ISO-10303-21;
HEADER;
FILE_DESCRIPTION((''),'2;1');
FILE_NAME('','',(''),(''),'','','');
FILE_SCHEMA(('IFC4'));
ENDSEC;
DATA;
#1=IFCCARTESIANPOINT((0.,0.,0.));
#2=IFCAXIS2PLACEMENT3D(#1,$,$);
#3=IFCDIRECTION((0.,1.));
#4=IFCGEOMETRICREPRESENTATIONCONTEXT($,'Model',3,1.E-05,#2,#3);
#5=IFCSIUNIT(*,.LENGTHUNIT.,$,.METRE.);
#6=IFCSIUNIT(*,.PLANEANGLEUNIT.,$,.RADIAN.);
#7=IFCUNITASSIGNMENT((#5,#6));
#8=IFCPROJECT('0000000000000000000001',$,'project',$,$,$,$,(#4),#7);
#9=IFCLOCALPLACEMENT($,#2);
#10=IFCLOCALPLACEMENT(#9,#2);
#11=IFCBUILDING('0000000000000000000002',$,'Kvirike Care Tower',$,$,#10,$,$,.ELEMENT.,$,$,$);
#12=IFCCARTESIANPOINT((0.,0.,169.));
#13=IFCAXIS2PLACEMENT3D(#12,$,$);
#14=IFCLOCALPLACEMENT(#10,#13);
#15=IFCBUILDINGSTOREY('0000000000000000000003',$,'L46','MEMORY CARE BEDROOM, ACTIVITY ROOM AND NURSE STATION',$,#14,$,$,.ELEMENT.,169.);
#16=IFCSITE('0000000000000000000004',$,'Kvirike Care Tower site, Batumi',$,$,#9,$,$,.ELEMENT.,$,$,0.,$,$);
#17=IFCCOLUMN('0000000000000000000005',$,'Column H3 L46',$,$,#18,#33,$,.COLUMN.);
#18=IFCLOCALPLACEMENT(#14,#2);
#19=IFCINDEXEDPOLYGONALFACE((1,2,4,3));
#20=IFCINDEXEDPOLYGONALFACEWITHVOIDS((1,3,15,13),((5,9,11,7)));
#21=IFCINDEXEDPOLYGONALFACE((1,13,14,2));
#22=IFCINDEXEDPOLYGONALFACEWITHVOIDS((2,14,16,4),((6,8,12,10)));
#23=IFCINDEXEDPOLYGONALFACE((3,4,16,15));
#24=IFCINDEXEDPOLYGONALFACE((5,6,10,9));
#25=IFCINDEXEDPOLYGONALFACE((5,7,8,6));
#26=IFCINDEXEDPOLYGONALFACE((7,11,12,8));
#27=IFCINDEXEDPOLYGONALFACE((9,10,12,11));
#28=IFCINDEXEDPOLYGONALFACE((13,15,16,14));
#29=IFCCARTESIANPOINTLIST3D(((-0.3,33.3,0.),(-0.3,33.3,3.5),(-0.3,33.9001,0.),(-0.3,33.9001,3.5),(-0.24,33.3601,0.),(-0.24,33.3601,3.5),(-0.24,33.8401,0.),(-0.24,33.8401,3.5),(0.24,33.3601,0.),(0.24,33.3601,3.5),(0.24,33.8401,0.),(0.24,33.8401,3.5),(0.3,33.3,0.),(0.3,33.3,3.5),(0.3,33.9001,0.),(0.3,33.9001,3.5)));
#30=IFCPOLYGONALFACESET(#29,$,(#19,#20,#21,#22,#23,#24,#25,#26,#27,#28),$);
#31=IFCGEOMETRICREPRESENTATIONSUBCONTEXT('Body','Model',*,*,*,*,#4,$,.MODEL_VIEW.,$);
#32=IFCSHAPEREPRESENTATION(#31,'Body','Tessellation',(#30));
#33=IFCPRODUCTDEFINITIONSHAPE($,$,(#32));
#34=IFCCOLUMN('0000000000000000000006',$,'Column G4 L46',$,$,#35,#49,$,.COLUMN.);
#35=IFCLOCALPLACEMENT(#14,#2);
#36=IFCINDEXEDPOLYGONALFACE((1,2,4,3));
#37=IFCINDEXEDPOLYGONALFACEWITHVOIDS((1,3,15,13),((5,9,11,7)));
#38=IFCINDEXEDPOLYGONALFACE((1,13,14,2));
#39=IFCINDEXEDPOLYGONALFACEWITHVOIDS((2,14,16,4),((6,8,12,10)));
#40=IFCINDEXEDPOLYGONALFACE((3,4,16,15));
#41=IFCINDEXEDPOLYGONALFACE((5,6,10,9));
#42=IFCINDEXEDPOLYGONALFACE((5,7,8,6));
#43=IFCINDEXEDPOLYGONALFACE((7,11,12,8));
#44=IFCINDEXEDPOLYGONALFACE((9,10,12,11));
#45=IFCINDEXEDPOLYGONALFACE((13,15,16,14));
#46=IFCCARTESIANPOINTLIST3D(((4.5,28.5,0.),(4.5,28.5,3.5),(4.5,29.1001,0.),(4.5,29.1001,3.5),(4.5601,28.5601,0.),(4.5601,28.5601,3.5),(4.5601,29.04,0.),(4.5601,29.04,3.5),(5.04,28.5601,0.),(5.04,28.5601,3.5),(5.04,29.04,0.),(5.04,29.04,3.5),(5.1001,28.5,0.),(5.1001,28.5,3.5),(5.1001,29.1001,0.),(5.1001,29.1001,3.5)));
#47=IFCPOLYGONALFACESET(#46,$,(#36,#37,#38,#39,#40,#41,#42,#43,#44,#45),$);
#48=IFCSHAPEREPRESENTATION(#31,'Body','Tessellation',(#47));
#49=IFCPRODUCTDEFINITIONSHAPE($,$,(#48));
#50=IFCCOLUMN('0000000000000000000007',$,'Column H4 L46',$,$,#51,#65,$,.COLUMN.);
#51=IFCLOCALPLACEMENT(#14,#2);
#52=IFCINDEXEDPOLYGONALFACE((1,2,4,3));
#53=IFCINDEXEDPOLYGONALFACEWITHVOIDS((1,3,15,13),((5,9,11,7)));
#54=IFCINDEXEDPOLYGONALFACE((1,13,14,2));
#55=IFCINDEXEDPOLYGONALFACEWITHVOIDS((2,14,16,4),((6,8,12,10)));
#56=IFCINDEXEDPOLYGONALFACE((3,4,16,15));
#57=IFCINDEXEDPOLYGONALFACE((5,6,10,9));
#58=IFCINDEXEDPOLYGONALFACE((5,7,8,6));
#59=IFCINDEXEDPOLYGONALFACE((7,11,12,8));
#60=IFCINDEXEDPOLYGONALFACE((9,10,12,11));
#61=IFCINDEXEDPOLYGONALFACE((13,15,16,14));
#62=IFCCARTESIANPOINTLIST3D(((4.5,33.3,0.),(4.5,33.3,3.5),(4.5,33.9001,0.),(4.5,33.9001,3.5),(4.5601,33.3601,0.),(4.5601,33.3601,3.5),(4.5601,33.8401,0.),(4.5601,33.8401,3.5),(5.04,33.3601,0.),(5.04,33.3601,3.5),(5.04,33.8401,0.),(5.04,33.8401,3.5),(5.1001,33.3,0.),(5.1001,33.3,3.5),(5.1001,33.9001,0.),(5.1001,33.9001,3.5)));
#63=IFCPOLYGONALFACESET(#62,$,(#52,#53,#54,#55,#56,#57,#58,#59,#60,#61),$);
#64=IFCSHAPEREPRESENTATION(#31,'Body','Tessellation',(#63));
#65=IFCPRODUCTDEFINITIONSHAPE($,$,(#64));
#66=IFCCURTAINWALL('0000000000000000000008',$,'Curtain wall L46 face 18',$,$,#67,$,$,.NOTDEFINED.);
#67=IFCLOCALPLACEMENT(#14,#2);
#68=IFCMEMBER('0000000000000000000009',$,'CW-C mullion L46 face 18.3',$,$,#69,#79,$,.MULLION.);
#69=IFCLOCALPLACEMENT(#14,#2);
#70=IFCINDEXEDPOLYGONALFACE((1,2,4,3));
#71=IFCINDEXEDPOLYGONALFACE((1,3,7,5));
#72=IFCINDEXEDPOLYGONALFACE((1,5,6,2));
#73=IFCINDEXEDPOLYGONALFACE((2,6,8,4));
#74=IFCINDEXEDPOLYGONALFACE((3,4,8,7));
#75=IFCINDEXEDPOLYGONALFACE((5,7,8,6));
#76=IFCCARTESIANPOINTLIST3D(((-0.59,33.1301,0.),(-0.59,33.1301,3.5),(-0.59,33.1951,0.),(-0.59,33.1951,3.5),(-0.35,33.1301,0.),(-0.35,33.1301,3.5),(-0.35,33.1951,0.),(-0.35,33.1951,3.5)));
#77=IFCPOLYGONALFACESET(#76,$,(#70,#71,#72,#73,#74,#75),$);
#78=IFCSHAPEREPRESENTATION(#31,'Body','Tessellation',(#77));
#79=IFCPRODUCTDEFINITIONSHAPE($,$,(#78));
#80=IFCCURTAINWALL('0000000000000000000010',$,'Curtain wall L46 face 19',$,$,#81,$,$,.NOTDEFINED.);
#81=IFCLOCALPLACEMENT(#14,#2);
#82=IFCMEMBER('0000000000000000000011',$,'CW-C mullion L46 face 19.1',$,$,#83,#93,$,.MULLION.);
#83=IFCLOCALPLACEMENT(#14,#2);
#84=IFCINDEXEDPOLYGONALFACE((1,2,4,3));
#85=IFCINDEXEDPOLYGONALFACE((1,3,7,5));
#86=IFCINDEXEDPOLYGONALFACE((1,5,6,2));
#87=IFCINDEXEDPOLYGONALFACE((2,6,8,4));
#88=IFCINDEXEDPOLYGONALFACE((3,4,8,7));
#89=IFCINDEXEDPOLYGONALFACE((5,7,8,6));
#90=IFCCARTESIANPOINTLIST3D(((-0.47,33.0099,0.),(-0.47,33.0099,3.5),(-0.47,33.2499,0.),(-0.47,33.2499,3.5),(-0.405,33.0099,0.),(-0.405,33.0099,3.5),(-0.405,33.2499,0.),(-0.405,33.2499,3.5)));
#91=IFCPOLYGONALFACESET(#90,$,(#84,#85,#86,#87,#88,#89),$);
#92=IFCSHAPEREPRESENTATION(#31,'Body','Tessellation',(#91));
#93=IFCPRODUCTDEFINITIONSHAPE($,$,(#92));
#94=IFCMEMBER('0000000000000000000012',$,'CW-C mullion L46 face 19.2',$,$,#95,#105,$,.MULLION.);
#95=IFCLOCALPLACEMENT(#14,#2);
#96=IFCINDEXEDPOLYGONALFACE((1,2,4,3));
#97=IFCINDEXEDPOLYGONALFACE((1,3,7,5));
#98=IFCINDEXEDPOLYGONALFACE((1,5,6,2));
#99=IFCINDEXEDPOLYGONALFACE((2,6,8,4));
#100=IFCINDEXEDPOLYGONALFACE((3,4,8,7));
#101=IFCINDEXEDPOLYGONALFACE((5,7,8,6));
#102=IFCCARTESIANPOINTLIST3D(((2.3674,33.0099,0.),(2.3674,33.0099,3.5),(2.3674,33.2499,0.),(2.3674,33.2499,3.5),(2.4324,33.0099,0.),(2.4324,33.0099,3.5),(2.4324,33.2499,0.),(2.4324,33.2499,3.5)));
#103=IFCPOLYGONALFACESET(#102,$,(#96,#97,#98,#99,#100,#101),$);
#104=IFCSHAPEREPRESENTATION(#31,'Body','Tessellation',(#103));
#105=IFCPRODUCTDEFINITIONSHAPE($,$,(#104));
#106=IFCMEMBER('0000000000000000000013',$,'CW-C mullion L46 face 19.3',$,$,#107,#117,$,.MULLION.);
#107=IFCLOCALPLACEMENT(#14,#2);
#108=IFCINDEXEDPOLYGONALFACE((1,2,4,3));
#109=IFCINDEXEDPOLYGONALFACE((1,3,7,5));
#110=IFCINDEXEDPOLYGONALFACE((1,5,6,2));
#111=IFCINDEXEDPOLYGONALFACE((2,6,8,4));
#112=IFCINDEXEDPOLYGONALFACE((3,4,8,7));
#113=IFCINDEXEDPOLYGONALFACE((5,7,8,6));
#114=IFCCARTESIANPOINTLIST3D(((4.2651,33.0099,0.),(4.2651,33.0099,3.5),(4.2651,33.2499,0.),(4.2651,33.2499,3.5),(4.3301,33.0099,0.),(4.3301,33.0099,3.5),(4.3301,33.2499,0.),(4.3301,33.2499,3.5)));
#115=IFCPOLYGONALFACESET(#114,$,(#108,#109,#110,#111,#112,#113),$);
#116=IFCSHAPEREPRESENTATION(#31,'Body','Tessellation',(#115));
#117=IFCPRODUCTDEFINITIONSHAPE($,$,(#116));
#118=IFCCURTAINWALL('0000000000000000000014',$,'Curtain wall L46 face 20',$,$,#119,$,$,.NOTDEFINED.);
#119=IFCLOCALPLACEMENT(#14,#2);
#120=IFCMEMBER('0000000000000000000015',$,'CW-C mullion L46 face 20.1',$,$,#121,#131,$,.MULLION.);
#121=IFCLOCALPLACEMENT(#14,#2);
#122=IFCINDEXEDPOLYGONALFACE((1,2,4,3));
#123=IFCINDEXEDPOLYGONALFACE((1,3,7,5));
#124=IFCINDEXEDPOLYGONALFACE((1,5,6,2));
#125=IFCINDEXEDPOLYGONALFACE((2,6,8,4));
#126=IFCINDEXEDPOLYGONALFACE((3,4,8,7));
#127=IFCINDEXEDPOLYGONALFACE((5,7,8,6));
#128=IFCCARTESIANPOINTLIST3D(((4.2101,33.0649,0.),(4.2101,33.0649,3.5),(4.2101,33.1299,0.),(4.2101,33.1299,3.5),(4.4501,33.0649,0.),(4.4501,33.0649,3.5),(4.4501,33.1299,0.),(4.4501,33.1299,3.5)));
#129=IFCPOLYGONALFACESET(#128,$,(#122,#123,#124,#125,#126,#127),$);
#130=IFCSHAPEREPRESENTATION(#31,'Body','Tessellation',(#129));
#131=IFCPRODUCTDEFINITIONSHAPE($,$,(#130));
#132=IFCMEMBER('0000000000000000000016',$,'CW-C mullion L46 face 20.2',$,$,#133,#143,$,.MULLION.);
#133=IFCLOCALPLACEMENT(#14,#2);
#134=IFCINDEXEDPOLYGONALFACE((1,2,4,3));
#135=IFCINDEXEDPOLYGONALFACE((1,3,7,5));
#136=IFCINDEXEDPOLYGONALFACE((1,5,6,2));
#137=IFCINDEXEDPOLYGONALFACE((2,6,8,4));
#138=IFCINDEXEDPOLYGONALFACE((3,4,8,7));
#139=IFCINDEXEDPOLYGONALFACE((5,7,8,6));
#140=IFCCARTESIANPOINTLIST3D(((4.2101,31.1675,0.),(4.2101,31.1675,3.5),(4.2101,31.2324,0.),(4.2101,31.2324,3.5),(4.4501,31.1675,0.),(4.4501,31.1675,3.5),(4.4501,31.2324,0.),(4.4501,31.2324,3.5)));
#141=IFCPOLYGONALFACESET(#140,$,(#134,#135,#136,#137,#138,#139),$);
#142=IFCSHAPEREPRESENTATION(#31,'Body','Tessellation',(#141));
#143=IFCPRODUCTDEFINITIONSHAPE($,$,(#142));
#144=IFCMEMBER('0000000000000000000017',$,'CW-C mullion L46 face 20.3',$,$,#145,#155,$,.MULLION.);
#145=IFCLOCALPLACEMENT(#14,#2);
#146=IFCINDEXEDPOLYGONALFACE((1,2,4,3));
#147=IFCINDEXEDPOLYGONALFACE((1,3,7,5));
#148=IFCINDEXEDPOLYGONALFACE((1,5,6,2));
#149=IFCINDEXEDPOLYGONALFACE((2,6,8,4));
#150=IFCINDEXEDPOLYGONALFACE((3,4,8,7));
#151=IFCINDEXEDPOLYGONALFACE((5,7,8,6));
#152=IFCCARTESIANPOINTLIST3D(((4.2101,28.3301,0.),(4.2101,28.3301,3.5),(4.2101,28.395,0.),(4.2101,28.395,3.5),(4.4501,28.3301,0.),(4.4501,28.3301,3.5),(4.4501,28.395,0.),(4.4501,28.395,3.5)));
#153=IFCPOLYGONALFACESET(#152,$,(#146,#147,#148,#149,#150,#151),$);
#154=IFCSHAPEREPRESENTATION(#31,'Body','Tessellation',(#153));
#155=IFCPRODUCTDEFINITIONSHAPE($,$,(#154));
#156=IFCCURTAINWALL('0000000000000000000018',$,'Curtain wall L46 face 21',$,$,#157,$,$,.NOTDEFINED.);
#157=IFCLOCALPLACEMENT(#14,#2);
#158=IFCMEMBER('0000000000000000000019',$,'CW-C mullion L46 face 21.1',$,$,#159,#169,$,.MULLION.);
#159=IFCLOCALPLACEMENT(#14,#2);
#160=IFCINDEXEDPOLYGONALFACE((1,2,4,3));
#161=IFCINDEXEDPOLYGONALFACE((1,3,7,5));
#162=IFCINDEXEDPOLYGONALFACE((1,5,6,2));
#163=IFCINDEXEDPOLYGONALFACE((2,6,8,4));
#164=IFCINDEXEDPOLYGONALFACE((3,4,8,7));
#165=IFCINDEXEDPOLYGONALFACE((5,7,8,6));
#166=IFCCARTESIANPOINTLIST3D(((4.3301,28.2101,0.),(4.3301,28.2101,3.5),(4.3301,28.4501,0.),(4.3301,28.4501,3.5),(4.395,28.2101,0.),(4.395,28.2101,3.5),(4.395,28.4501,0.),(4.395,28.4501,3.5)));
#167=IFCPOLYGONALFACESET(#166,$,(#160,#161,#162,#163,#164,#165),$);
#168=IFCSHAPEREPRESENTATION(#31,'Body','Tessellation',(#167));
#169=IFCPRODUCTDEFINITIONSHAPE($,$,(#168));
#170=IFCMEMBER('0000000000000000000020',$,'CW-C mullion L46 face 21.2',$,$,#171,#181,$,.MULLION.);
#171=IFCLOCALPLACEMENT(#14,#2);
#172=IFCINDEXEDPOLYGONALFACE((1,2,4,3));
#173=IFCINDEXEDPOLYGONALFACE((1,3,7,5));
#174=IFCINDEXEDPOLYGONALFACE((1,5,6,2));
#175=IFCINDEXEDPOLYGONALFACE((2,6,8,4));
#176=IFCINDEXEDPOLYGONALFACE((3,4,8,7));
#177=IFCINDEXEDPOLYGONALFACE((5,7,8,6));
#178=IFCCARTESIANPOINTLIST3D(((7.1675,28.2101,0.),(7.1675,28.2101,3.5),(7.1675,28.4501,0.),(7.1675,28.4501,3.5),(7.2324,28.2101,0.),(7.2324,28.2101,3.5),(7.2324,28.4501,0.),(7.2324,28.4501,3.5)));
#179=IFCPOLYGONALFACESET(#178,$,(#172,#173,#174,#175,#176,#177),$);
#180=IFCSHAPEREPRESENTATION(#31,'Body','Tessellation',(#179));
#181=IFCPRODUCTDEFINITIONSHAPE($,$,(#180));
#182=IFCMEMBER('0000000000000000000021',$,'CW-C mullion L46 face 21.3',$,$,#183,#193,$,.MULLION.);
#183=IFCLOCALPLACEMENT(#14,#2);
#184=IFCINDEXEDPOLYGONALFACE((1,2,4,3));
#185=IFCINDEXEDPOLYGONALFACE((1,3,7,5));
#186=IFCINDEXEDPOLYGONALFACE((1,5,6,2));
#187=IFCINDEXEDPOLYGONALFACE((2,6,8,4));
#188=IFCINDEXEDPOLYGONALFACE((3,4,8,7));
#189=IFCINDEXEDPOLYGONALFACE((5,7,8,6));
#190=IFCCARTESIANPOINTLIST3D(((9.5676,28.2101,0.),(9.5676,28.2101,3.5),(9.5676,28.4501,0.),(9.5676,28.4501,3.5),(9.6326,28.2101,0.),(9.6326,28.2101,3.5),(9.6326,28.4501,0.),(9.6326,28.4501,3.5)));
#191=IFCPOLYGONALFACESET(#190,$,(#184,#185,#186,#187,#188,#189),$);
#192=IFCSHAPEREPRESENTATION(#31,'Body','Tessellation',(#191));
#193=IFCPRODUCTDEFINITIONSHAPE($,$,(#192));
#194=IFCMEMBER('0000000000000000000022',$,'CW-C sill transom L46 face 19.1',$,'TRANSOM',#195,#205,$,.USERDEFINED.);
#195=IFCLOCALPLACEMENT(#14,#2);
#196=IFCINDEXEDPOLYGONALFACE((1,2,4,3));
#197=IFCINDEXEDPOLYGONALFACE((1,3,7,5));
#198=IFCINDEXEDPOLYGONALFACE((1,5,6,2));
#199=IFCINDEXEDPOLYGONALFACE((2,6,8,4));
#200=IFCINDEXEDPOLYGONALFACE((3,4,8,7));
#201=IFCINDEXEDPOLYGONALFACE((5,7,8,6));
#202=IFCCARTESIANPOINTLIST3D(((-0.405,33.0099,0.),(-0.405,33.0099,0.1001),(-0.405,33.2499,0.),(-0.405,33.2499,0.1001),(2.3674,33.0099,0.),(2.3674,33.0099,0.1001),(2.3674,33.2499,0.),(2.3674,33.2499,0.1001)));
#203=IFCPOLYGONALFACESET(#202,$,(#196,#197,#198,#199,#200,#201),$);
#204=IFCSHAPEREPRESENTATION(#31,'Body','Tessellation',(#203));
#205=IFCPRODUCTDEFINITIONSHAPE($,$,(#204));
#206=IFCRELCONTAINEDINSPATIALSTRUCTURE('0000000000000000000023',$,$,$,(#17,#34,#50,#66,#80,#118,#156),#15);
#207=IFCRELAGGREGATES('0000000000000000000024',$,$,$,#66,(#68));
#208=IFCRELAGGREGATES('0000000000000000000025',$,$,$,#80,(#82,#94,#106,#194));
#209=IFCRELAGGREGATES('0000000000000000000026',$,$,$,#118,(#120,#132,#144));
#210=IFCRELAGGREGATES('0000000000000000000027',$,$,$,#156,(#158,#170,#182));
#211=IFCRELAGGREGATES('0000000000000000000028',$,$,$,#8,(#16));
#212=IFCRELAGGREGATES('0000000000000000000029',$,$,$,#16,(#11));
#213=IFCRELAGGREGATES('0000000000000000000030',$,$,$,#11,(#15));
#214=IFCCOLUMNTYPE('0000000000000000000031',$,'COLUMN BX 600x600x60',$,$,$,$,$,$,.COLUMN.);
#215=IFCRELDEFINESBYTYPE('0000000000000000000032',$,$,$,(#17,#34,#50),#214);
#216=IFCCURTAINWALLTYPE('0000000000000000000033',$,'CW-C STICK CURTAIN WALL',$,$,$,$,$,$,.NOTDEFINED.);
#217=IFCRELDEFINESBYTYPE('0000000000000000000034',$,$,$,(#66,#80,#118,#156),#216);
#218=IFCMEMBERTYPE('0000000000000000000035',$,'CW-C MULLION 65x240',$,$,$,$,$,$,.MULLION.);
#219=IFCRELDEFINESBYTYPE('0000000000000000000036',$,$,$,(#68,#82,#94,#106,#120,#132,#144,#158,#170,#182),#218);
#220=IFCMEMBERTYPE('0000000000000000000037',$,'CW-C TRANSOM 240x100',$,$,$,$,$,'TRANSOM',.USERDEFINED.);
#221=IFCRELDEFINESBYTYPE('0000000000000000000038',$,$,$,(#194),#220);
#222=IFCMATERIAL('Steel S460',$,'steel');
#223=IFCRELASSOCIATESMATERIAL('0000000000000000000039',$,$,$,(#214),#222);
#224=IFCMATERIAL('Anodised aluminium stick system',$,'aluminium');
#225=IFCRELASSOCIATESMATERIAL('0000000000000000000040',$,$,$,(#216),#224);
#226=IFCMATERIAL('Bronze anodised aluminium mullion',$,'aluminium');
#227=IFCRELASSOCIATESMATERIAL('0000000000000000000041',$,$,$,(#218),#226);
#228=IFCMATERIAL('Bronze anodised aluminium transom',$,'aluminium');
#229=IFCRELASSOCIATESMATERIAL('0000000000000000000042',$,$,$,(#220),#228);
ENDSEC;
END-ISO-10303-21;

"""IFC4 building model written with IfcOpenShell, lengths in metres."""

from ifc_helpers import new_model, si_unit, direction, frame, origin, origin_2d, place, context, subcontext, project, spatial, rectangle, hollow_rectangle, extrude, material, material_profile, profile_set, type_object, element, aggregate, save


model = new_model("IFC4")

# Units and contexts
model_context = context("Model", 3, precision=1e-05, world=origin(), true_north=direction((0.0, 1.0)))
body_context = subcontext(model_context, "Body", "Model", "MODEL_VIEW")
ifc_project = project(units=[si_unit("LENGTHUNIT", "METRE"), si_unit("PLANEANGLEUNIT", "RADIAN")], contexts=[model_context])

# Site, building, storey
site_placement = place(None, origin())
site = spatial("IfcSite", under=ifc_project, at=site_placement, Name="Kvirike Care Tower site, Batumi", CompositionType="ELEMENT", RefElevation=0.0)
building_placement = place(site_placement, origin())
building = spatial("IfcBuilding", under=site, at=building_placement, Name="Kvirike Care Tower", CompositionType="ELEMENT")
storey_placement = place(building_placement, frame((0.0, 0.0, 169.0)))
storey = spatial("IfcBuildingStorey", under=building, at=storey_placement, Name="L46", Description="MEMORY CARE BEDROOM, ACTIVITY ROOM AND NURSE STATION", CompositionType="ELEMENT", Elevation=169.0)

# Columns
ifc_material_1 = material(Name="Steel S460", Category="steel")
ifc_material_profile_1 = material_profile(ifc_material_1, hollow_rectangle(XDim=0.6001, YDim=0.6001, WallThickness=0.0601, at=origin_2d()), Name="BX 600x600x60")
ifc_profile_set_1 = profile_set([ifc_material_profile_1], Name="Steel S460")
column_type = type_object("IfcColumnType", Name="COLUMN BX 600x600x60", PredefinedType="COLUMN", material=ifc_profile_set_1)
for number, where, z_axis, x_axis, name in (
    (1, (0.0, 33.6001, 0.0), (0.0, 0.0, 1.0), (0.0, 1.0, 0.0), "Column H3 L46"),
    (2, (4.8, 28.8, 0.0), (0.0, 0.0, 1.0), (0.0, 1.0, 0.0), "Column G4 L46"),
    (3, (4.8, 33.6001, 0.0), (0.0, 0.0, 1.0), (0.0, 1.0, 0.0), "Column H4 L46"),
):
    element("IfcColumn", number, at=place(storey_placement, frame(where, z_axis=z_axis, x_axis=x_axis)), inside=storey, type_object=column_type, Name=name, PredefinedType="COLUMN", context=body_context, shape_type="SweptSolid", body=[
        extrude(hollow_rectangle(XDim=0.6001, YDim=0.6001, WallThickness=0.0601, at=origin_2d()), origin(), (0.0, 0.0, 1.0), 3.5),
    ])

# Curtain wall, member
ifc_material_2 = material(Name="Anodised aluminium stick system", Category="aluminium")
curtain_wall_type = type_object("IfcCurtainWallType", Name="CW-C STICK CURTAIN WALL", PredefinedType="NOTDEFINED", material=ifc_material_2)
curtain_wall_1_placement = place(storey_placement, origin())
curtain_wall_1 = element("IfcCurtainWall", 4, at=curtain_wall_1_placement, inside=storey, type_object=curtain_wall_type, Name="Curtain wall L46 face 18", PredefinedType="NOTDEFINED")
ifc_material_3 = material(Name="Bronze anodised aluminium mullion", Category="aluminium")
ifc_material_profile_2 = material_profile(ifc_material_3, rectangle(XDim=0.0649, YDim=0.24, at=origin_2d()), Name="CW-C MULLION 65x240")
ifc_profile_set_2 = profile_set([ifc_material_profile_2], Name="Bronze anodised aluminium mullion")
member_type_1 = type_object("IfcMemberType", Name="CW-C MULLION 65x240", PredefinedType="MULLION", material=ifc_profile_set_2)
member_1_placement = place(storey_placement, frame((-0.47, 33.1626, 0.0), z_axis=(0.0, 0.0, 1.0), x_axis=(0.0, -1.0, 0.0)))
member_1 = element("IfcMember", 5, at=member_1_placement, type_object=member_type_1, Name="CW-C mullion L46 face 18.3", PredefinedType="MULLION", context=body_context, shape_type="SweptSolid", body=[
    extrude(rectangle(XDim=0.0649, YDim=0.24, at=origin_2d()), origin(), (0.0, 0.0, 1.0), 3.5),
])
aggregate(curtain_wall_1, [member_1])

# Curtain walls, members
curtain_wall_2_placement = place(storey_placement, origin())
curtain_wall_2 = element("IfcCurtainWall", 6, at=curtain_wall_2_placement, inside=storey, type_object=curtain_wall_type, Name="Curtain wall L46 face 19", PredefinedType="NOTDEFINED")
member_2_placement = place(storey_placement, frame((-0.4375, 33.1299, 0.0), z_axis=(0.0, 0.0, 1.0), x_axis=(1.0, 0.0, 0.0)))
member_2 = element("IfcMember", 7, at=member_2_placement, type_object=member_type_1, Name="CW-C mullion L46 face 19.1", PredefinedType="MULLION", context=body_context, shape_type="SweptSolid", body=[
    extrude(rectangle(XDim=0.0649, YDim=0.24, at=origin_2d()), origin(), (0.0, 0.0, 1.0), 3.5),
])
member_3_placement = place(storey_placement, frame((2.3999, 33.1299, 0.0), z_axis=(0.0, 0.0, 1.0), x_axis=(1.0, 0.0, 0.0)))
member_3 = element("IfcMember", 8, at=member_3_placement, type_object=member_type_1, Name="CW-C mullion L46 face 19.2", PredefinedType="MULLION", context=body_context, shape_type="SweptSolid", body=[
    extrude(rectangle(XDim=0.0649, YDim=0.24, at=origin_2d()), origin(), (0.0, 0.0, 1.0), 3.5),
])
member_4_placement = place(storey_placement, frame((4.2976, 33.1299, 0.0), z_axis=(0.0, 0.0, 1.0), x_axis=(1.0, 0.0, 0.0)))
member_4 = element("IfcMember", 9, at=member_4_placement, type_object=member_type_1, Name="CW-C mullion L46 face 19.3", PredefinedType="MULLION", context=body_context, shape_type="SweptSolid", body=[
    extrude(rectangle(XDim=0.0649, YDim=0.24, at=origin_2d()), origin(), (0.0, 0.0, 1.0), 3.5),
])
curtain_wall_3_placement = place(storey_placement, origin())
curtain_wall_3 = element("IfcCurtainWall", 10, at=curtain_wall_3_placement, inside=storey, type_object=curtain_wall_type, Name="Curtain wall L46 face 20", PredefinedType="NOTDEFINED")
member_5_placement = place(storey_placement, frame((4.3301, 33.0974, 0.0), z_axis=(0.0, 0.0, 1.0), x_axis=(0.0, -1.0, 0.0)))
member_5 = element("IfcMember", 11, at=member_5_placement, type_object=member_type_1, Name="CW-C mullion L46 face 20.1", PredefinedType="MULLION", context=body_context, shape_type="SweptSolid", body=[
    extrude(rectangle(XDim=0.0649, YDim=0.24, at=origin_2d()), origin(), (0.0, 0.0, 1.0), 3.5),
])
member_6_placement = place(storey_placement, frame((4.3301, 31.2, 0.0), z_axis=(0.0, 0.0, 1.0), x_axis=(0.0, -1.0, 0.0)))
member_6 = element("IfcMember", 12, at=member_6_placement, type_object=member_type_1, Name="CW-C mullion L46 face 20.2", PredefinedType="MULLION", context=body_context, shape_type="SweptSolid", body=[
    extrude(rectangle(XDim=0.0649, YDim=0.24, at=origin_2d()), origin(), (0.0, 0.0, 1.0), 3.5),
])
member_7_placement = place(storey_placement, frame((4.3301, 28.3625, 0.0), z_axis=(0.0, 0.0, 1.0), x_axis=(0.0, -1.0, 0.0)))
member_7 = element("IfcMember", 13, at=member_7_placement, type_object=member_type_1, Name="CW-C mullion L46 face 20.3", PredefinedType="MULLION", context=body_context, shape_type="SweptSolid", body=[
    extrude(rectangle(XDim=0.0649, YDim=0.24, at=origin_2d()), origin(), (0.0, 0.0, 1.0), 3.5),
])
curtain_wall_4_placement = place(storey_placement, origin())
curtain_wall_4 = element("IfcCurtainWall", 14, at=curtain_wall_4_placement, inside=storey, type_object=curtain_wall_type, Name="Curtain wall L46 face 21", PredefinedType="NOTDEFINED")
member_8_placement = place(storey_placement, frame((4.3625, 28.3301, 0.0), z_axis=(0.0, 0.0, 1.0), x_axis=(1.0, 0.0, 0.0)))
member_8 = element("IfcMember", 15, at=member_8_placement, type_object=member_type_1, Name="CW-C mullion L46 face 21.1", PredefinedType="MULLION", context=body_context, shape_type="SweptSolid", body=[
    extrude(rectangle(XDim=0.0649, YDim=0.24, at=origin_2d()), origin(), (0.0, 0.0, 1.0), 3.5),
])
member_9_placement = place(storey_placement, frame((7.2, 28.3301, 0.0), z_axis=(0.0, 0.0, 1.0), x_axis=(1.0, 0.0, 0.0)))
member_9 = element("IfcMember", 16, at=member_9_placement, type_object=member_type_1, Name="CW-C mullion L46 face 21.2", PredefinedType="MULLION", context=body_context, shape_type="SweptSolid", body=[
    extrude(rectangle(XDim=0.0649, YDim=0.24, at=origin_2d()), origin(), (0.0, 0.0, 1.0), 3.5),
])
member_10_placement = place(storey_placement, frame((9.6001, 28.3301, 0.0), z_axis=(0.0, 0.0, 1.0), x_axis=(1.0, 0.0, 0.0)))
member_10 = element("IfcMember", 17, at=member_10_placement, type_object=member_type_1, Name="CW-C mullion L46 face 21.3", PredefinedType="MULLION", context=body_context, shape_type="SweptSolid", body=[
    extrude(rectangle(XDim=0.0649, YDim=0.24, at=origin_2d()), origin(), (0.0, 0.0, 1.0), 3.5),
])

# Member
ifc_material_4 = material(Name="Bronze anodised aluminium transom", Category="aluminium")
ifc_material_profile_3 = material_profile(ifc_material_4, rectangle(XDim=0.24, YDim=0.1001, at=origin_2d()), Name="CW-C TRANSOM 240x100")
ifc_profile_set_3 = profile_set([ifc_material_profile_3], Name="Bronze anodised aluminium transom")
member_type_2 = type_object("IfcMemberType", Name="CW-C TRANSOM 240x100", ElementType="TRANSOM", PredefinedType="USERDEFINED", material=ifc_profile_set_3)
member_11_placement = place(storey_placement, frame((-0.405, 33.1299, 0.05), z_axis=(1.0, 0.0, 0.0), x_axis=(0.0, 1.0, 0.0)))
member_11 = element("IfcMember", 18, at=member_11_placement, type_object=member_type_2, Name="CW-C sill transom L46 face 19.1", ObjectType="TRANSOM", PredefinedType="USERDEFINED", context=body_context, shape_type="SweptSolid", body=[
    extrude(rectangle(XDim=0.24, YDim=0.1001, at=origin_2d()), origin(), (0.0, 0.0, 1.0), 2.7725),
])

aggregate(curtain_wall_2, [member_2, member_3, member_4, member_11])
aggregate(curtain_wall_3, [member_5, member_6, member_7])
aggregate(curtain_wall_4, [member_8, member_9, member_10])

save(model, "model.ifc")
